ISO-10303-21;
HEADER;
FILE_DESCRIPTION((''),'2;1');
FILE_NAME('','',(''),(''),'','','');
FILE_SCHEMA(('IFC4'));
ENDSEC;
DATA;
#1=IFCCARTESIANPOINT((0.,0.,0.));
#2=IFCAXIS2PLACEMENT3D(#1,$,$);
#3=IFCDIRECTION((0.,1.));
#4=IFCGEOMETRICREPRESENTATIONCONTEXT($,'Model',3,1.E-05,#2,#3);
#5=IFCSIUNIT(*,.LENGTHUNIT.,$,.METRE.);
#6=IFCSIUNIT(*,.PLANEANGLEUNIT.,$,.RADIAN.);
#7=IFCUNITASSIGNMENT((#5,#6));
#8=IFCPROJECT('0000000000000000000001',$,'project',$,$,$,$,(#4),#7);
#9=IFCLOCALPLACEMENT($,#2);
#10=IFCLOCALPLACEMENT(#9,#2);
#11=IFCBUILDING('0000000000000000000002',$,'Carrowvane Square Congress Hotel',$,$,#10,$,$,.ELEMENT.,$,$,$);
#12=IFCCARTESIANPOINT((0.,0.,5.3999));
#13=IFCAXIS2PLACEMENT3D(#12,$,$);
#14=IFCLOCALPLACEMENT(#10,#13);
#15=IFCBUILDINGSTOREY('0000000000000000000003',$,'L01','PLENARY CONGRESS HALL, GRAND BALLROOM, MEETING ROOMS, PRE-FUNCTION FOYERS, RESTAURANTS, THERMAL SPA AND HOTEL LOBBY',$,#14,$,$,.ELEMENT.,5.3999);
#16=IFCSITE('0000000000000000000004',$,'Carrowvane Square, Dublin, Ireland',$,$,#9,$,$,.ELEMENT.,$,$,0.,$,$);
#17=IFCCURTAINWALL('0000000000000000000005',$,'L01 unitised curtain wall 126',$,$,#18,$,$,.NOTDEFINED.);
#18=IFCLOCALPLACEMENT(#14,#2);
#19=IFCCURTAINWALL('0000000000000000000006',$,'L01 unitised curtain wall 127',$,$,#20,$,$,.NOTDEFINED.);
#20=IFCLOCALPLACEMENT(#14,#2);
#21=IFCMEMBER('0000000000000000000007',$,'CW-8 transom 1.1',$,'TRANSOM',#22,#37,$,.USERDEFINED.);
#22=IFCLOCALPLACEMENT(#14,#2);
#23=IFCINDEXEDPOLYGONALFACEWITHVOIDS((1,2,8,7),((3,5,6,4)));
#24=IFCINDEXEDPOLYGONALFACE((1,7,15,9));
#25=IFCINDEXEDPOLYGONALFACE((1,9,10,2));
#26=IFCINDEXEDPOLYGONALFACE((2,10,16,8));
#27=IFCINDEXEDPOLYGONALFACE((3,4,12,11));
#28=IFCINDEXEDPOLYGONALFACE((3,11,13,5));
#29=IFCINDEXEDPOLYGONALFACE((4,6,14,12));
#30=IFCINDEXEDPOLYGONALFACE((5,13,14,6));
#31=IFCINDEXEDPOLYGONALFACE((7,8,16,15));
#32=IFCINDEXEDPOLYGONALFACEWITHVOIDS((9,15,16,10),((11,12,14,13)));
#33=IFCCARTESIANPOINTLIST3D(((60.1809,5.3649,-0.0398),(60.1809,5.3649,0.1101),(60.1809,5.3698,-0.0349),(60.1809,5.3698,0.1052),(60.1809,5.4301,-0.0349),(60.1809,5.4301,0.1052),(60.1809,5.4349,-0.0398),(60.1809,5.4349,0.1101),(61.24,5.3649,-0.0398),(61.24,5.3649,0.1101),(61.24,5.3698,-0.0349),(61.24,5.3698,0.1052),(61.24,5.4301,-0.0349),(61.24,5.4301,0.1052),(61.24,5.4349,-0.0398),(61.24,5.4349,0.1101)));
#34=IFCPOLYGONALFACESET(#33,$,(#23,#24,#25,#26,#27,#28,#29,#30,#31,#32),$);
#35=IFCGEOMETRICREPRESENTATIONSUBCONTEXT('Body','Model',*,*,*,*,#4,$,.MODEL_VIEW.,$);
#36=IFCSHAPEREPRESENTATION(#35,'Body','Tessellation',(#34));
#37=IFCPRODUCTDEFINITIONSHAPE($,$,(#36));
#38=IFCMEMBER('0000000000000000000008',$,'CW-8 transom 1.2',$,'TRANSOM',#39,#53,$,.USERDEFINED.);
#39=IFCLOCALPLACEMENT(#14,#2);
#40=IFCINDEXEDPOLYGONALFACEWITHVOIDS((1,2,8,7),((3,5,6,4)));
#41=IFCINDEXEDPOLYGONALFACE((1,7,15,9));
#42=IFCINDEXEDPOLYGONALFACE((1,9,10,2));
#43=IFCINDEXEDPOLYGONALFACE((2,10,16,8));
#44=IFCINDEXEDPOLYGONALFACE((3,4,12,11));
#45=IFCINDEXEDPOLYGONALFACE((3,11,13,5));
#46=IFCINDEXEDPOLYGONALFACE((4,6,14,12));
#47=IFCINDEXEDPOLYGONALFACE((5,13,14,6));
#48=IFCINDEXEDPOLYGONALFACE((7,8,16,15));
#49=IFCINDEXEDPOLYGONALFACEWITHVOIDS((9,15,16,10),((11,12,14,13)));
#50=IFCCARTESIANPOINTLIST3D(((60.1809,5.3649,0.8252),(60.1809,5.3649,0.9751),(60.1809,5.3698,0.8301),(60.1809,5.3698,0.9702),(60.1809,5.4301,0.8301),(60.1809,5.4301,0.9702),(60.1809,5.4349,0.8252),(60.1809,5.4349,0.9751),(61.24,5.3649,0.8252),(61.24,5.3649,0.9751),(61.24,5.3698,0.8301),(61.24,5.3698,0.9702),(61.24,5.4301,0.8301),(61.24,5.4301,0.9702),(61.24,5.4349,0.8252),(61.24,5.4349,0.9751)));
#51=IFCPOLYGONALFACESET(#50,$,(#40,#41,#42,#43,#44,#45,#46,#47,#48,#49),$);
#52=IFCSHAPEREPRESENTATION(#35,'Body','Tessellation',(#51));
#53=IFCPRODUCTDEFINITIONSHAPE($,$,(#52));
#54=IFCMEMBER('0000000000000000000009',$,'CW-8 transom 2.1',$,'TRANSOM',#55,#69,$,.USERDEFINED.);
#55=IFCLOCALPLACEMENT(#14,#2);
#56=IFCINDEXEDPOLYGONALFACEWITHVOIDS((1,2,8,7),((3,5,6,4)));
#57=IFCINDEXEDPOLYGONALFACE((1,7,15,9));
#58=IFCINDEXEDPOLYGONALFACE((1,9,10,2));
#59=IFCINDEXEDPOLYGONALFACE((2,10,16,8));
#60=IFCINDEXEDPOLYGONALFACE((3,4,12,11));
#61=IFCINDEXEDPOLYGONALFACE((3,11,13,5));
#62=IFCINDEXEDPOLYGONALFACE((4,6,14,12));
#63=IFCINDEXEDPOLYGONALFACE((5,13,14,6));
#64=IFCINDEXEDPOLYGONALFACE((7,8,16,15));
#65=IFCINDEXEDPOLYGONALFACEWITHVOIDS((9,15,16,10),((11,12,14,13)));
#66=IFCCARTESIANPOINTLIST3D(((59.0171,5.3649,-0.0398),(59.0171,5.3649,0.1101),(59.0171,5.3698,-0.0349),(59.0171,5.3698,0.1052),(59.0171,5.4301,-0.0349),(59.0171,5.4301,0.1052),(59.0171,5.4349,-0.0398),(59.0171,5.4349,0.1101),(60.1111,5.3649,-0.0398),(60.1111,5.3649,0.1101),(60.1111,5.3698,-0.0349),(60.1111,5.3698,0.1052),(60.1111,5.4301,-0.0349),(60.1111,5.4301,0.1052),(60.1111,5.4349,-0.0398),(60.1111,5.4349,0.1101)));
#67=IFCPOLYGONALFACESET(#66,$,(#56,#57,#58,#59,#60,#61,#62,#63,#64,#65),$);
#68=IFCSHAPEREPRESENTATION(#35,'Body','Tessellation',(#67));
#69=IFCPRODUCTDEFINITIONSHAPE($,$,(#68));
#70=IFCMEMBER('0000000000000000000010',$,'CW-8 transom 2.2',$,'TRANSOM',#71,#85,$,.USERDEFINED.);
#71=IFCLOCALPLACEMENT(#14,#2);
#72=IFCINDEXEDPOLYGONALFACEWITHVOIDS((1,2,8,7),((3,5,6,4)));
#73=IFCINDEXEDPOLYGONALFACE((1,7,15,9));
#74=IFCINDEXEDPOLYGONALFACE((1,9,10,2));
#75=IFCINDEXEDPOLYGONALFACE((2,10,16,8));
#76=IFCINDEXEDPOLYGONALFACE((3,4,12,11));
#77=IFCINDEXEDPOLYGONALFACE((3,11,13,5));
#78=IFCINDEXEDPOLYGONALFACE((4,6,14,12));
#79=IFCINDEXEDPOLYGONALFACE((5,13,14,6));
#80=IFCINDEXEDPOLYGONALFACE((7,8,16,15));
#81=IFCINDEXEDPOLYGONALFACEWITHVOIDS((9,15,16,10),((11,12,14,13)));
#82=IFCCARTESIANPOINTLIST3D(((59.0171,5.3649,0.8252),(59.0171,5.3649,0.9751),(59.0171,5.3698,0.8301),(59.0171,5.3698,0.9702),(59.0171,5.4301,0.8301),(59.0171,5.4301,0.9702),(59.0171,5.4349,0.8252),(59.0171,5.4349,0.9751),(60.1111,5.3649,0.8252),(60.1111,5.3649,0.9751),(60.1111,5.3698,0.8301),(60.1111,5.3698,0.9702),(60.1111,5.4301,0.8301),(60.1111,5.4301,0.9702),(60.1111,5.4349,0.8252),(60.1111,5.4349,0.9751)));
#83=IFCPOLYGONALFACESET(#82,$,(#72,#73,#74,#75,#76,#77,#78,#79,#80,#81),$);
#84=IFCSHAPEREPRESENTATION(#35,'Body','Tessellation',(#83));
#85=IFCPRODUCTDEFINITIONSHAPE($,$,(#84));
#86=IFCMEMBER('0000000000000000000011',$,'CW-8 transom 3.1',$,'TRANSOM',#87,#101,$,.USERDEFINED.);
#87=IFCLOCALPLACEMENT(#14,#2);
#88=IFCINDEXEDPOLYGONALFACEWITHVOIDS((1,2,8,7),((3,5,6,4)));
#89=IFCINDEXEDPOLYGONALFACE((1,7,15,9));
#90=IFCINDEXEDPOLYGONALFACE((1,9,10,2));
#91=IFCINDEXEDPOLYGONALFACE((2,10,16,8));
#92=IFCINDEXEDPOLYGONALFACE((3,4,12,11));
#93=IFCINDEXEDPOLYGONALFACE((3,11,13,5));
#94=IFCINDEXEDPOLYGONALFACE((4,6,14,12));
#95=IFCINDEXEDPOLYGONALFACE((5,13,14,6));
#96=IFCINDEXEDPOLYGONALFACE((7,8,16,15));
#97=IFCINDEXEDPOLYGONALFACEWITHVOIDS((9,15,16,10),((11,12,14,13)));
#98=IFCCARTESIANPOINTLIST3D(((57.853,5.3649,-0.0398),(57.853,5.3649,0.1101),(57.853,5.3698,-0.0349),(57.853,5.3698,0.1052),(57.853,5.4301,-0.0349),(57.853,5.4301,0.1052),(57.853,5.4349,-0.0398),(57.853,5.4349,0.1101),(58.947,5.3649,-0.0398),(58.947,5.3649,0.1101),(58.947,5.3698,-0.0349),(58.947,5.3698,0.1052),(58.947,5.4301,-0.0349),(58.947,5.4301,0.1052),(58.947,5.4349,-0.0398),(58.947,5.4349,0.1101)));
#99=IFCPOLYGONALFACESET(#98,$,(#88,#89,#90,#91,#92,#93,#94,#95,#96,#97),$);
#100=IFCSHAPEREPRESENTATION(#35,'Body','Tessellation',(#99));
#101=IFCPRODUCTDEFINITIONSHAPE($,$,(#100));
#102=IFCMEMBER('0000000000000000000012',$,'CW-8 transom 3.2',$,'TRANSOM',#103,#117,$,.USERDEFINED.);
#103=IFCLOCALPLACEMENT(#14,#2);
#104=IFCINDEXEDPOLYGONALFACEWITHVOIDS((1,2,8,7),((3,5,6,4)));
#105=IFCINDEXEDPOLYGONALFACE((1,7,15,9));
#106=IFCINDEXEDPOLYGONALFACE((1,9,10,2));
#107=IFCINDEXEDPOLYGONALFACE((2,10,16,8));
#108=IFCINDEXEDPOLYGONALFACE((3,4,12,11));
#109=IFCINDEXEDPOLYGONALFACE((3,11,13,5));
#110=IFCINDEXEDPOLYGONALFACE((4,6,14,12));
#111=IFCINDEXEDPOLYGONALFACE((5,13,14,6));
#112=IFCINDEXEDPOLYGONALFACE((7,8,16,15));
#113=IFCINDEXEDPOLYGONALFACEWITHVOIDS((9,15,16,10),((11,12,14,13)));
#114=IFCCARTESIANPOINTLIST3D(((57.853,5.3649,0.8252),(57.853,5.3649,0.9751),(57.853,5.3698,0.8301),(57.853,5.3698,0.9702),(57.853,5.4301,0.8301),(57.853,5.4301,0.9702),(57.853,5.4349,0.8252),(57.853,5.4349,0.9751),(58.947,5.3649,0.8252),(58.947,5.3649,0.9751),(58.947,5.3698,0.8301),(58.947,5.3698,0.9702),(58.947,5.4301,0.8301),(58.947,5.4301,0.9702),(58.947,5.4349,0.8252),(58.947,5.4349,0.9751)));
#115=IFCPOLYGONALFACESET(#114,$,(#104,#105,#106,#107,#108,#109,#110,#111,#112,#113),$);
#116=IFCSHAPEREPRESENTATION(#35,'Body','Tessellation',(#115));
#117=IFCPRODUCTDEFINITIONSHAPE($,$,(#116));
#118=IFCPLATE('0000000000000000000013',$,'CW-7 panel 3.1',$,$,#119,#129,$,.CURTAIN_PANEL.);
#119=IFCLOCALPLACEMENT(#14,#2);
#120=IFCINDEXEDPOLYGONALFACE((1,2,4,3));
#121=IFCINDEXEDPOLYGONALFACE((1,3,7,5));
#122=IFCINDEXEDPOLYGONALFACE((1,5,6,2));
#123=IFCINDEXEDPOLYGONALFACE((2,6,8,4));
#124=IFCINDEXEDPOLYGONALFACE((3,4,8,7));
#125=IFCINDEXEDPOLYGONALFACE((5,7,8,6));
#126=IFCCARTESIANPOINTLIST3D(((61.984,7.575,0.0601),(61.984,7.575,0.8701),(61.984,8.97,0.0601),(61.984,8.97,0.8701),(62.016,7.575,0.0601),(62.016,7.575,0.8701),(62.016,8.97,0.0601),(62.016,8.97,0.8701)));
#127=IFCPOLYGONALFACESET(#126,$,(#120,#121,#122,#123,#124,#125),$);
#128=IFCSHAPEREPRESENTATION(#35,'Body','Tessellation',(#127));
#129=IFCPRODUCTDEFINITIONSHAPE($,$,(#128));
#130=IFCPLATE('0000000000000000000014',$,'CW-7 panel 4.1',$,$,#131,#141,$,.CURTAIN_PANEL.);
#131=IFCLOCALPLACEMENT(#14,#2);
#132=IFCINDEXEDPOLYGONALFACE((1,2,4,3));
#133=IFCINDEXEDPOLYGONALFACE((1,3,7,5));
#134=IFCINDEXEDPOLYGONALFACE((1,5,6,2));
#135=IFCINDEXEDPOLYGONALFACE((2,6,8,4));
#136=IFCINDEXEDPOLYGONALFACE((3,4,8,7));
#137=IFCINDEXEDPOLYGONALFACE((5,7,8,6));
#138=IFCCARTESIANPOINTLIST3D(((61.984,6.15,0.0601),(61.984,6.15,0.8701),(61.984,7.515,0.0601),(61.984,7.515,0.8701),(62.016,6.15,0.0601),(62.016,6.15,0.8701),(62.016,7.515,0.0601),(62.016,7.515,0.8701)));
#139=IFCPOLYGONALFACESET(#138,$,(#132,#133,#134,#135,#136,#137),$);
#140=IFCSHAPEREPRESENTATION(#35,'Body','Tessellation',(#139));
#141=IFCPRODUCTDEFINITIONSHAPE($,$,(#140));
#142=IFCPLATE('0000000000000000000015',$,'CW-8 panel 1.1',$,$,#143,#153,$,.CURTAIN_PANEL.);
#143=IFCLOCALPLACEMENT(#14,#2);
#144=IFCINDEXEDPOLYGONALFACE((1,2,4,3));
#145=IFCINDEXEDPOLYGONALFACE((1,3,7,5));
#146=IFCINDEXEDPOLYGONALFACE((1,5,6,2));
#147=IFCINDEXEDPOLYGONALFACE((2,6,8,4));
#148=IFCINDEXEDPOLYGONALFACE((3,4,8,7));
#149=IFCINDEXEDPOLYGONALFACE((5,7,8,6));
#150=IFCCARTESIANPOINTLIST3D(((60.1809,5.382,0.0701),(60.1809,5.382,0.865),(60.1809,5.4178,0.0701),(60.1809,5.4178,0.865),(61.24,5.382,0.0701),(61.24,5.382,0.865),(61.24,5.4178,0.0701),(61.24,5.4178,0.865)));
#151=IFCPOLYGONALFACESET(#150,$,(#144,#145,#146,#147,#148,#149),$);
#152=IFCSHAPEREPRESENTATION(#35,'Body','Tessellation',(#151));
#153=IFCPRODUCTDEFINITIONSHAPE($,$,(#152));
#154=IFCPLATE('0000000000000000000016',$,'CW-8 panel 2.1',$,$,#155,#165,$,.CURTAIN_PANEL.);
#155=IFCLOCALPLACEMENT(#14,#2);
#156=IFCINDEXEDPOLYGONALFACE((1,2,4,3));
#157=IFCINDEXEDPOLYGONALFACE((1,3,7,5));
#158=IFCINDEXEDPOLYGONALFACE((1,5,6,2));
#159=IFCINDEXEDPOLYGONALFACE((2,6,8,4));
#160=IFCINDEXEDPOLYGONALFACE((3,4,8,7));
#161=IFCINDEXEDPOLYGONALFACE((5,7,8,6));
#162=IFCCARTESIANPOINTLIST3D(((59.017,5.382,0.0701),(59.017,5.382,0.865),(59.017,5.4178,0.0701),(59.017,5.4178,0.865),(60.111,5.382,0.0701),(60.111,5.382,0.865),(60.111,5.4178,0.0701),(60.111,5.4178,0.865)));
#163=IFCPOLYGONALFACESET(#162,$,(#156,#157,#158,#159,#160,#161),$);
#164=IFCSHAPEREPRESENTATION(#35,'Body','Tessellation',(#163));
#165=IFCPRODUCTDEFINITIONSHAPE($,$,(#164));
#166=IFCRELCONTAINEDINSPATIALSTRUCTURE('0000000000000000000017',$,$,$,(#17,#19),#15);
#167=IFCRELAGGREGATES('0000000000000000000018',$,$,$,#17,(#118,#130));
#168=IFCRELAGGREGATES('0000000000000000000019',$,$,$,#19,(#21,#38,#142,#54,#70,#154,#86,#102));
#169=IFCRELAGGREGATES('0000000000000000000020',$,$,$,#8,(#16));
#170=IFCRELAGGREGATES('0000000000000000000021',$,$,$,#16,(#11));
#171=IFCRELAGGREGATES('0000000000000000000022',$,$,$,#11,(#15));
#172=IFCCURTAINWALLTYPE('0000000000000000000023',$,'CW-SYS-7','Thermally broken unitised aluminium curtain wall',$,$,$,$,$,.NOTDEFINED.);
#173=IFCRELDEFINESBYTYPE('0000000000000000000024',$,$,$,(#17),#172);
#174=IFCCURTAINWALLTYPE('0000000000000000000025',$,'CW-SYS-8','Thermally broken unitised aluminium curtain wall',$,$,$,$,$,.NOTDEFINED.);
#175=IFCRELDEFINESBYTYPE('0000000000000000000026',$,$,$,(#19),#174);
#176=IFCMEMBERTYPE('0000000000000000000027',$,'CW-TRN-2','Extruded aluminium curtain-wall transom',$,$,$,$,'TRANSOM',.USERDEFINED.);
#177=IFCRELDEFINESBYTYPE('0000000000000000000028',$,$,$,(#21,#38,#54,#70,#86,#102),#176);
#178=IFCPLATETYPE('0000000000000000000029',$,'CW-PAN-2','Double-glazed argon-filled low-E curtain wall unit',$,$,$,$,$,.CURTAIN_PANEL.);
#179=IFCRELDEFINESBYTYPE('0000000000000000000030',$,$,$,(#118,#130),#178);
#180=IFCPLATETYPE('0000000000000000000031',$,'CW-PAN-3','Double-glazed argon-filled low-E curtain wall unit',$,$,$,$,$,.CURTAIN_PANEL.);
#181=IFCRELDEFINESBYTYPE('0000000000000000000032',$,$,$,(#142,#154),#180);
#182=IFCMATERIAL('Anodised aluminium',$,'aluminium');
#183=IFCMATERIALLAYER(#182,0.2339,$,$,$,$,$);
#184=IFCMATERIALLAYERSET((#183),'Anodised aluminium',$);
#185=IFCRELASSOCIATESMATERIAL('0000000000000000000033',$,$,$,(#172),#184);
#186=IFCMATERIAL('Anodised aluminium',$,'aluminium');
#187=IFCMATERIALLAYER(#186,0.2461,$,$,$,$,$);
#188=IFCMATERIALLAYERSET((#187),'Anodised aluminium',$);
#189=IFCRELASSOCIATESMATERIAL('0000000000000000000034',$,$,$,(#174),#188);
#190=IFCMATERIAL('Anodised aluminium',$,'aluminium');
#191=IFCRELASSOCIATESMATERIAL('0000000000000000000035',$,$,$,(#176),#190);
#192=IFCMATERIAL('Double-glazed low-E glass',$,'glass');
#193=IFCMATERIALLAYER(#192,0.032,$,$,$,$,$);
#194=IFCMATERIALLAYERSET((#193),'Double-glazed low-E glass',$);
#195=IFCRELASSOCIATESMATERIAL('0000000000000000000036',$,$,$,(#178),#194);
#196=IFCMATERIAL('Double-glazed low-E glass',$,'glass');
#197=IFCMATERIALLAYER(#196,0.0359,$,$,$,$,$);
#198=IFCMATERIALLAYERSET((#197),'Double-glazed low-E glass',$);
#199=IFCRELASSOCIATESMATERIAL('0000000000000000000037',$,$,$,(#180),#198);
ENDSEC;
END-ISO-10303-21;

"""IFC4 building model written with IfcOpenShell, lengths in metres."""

from ifc_helpers import new_model, si_unit, direction, frame, origin, origin_2d, place, context, subcontext, project, spatial, rectangle, hollow_rectangle, extrude, material, layer, layer_set, material_profile, profile_set, type_object, element, aggregate, save


model = new_model("IFC4")

# Units and contexts
model_context = context("Model", 3, precision=1e-05, world=origin(), true_north=direction((0.0, 1.0)))
body_context = subcontext(model_context, "Body", "Model", "MODEL_VIEW")
ifc_project = project(units=[si_unit("LENGTHUNIT", "METRE"), si_unit("PLANEANGLEUNIT", "RADIAN")], contexts=[model_context])

# Site, building, storey
site_placement = place(None, origin())
site = spatial("IfcSite", under=ifc_project, at=site_placement, Name="Carrowvane Square, Dublin, Ireland", CompositionType="ELEMENT", RefElevation=0.0)
building_placement = place(site_placement, origin())
building = spatial("IfcBuilding", under=site, at=building_placement, Name="Carrowvane Square Congress Hotel", CompositionType="ELEMENT")
storey_placement = place(building_placement, frame((0.0, 0.0, 5.3999)))
storey = spatial("IfcBuildingStorey", under=building, at=storey_placement, Name="L01", Description="PLENARY CONGRESS HALL, GRAND BALLROOM, MEETING ROOMS, PRE-FUNCTION FOYERS, RESTAURANTS, THERMAL SPA AND HOTEL LOBBY", CompositionType="ELEMENT", Elevation=5.3999)

# Curtain walls
ifc_material_1 = material(Name="Anodised aluminium", Category="aluminium")
ifc_layer_1 = layer(ifc_material_1, 0.2339)
ifc_layer_set_1 = layer_set([ifc_layer_1], Name="Anodised aluminium")
curtain_wall_type_1 = type_object("IfcCurtainWallType", Name="CW-SYS-7", Description="Thermally broken unitised aluminium curtain wall", PredefinedType="NOTDEFINED", material=ifc_layer_set_1)
curtain_wall_1_placement = place(storey_placement, origin())
curtain_wall_1 = element("IfcCurtainWall", 1, at=curtain_wall_1_placement, inside=storey, type_object=curtain_wall_type_1, Name="L01 unitised curtain wall 126", PredefinedType="NOTDEFINED")
ifc_material_2 = material(Name="Anodised aluminium", Category="aluminium")
ifc_layer_2 = layer(ifc_material_2, 0.2461)
ifc_layer_set_2 = layer_set([ifc_layer_2], Name="Anodised aluminium")
curtain_wall_type_2 = type_object("IfcCurtainWallType", Name="CW-SYS-8", Description="Thermally broken unitised aluminium curtain wall", PredefinedType="NOTDEFINED", material=ifc_layer_set_2)
curtain_wall_2_placement = place(storey_placement, origin())
curtain_wall_2 = element("IfcCurtainWall", 2, at=curtain_wall_2_placement, inside=storey, type_object=curtain_wall_type_2, Name="L01 unitised curtain wall 127", PredefinedType="NOTDEFINED")

# Members
ifc_material_3 = material(Name="Anodised aluminium", Category="aluminium")
ifc_material_profile_1 = material_profile(ifc_material_3, hollow_rectangle(XDim=0.0701, YDim=0.1499, WallThickness=0.0049, at=origin_2d()), Name="CW-TR 70x150x5")
ifc_profile_set_1 = profile_set([ifc_material_profile_1], Name="Anodised aluminium")
member_type_1 = type_object("IfcMemberType", Name="CW-TRN-2", Description="Extruded aluminium curtain-wall transom", ElementType="TRANSOM", PredefinedType="USERDEFINED", material=ifc_profile_set_1)
member_1_placement = place(storey_placement, frame((61.24, 5.3999, 0.0352), z_axis=(-1.0, 0.0, 0.0), x_axis=(0.0, -1.0, 0.0)))
member_1 = element("IfcMember", 3, at=member_1_placement, type_object=member_type_1, Name="CW-8 transom 1.1", ObjectType="TRANSOM", PredefinedType="USERDEFINED", context=body_context, shape_type="SweptSolid", body=[
    extrude(hollow_rectangle(XDim=0.0701, YDim=0.1499, WallThickness=0.0049, at=origin_2d()), origin(), (0.0, 0.0, 1.0), 1.0591),
])
member_2_placement = place(storey_placement, frame((61.24, 5.3999, 0.9001), z_axis=(-1.0, 0.0, 0.0), x_axis=(0.0, -1.0, 0.0)))
member_2 = element("IfcMember", 4, at=member_2_placement, type_object=member_type_1, Name="CW-8 transom 1.2", ObjectType="TRANSOM", PredefinedType="USERDEFINED", context=body_context, shape_type="SweptSolid", body=[
    extrude(hollow_rectangle(XDim=0.0701, YDim=0.1499, WallThickness=0.0049, at=origin_2d()), origin(), (0.0, 0.0, 1.0), 1.0591),
])
member_3_placement = place(storey_placement, frame((60.1111, 5.3999, 0.0352), z_axis=(-1.0, 0.0, 0.0), x_axis=(0.0, -1.0, 0.0)))
member_3 = element("IfcMember", 5, at=member_3_placement, type_object=member_type_1, Name="CW-8 transom 2.1", ObjectType="TRANSOM", PredefinedType="USERDEFINED", context=body_context, shape_type="SweptSolid", body=[
    extrude(hollow_rectangle(XDim=0.0701, YDim=0.1499, WallThickness=0.0049, at=origin_2d()), origin(), (0.0, 0.0, 1.0), 1.094),
])
member_4_placement = place(storey_placement, frame((60.1111, 5.3999, 0.9001), z_axis=(-1.0, 0.0, 0.0), x_axis=(0.0, -1.0, 0.0)))
member_4 = element("IfcMember", 6, at=member_4_placement, type_object=member_type_1, Name="CW-8 transom 2.2", ObjectType="TRANSOM", PredefinedType="USERDEFINED", context=body_context, shape_type="SweptSolid", body=[
    extrude(hollow_rectangle(XDim=0.0701, YDim=0.1499, WallThickness=0.0049, at=origin_2d()), origin(), (0.0, 0.0, 1.0), 1.094),
])
member_5_placement = place(storey_placement, frame((58.947, 5.3999, 0.0352), z_axis=(-1.0, 0.0, 0.0), x_axis=(0.0, -1.0, 0.0)))
member_5 = element("IfcMember", 7, at=member_5_placement, type_object=member_type_1, Name="CW-8 transom 3.1", ObjectType="TRANSOM", PredefinedType="USERDEFINED", context=body_context, shape_type="SweptSolid", body=[
    extrude(hollow_rectangle(XDim=0.0701, YDim=0.1499, WallThickness=0.0049, at=origin_2d()), origin(), (0.0, 0.0, 1.0), 1.094),
])
member_6_placement = place(storey_placement, frame((58.947, 5.3999, 0.9001), z_axis=(-1.0, 0.0, 0.0), x_axis=(0.0, -1.0, 0.0)))
member_6 = element("IfcMember", 8, at=member_6_placement, type_object=member_type_1, Name="CW-8 transom 3.2", ObjectType="TRANSOM", PredefinedType="USERDEFINED", context=body_context, shape_type="SweptSolid", body=[
    extrude(hollow_rectangle(XDim=0.0701, YDim=0.1499, WallThickness=0.0049, at=origin_2d()), origin(), (0.0, 0.0, 1.0), 1.094),
])

# Plates
ifc_material_4 = material(Name="Double-glazed low-E glass", Category="glass")
ifc_layer_3 = layer(ifc_material_4, 0.032)
ifc_layer_set_3 = layer_set([ifc_layer_3], Name="Double-glazed low-E glass")
plate_type_1 = type_object("IfcPlateType", Name="CW-PAN-2", Description="Double-glazed argon-filled low-E curtain wall unit", PredefinedType="CURTAIN_PANEL", material=ifc_layer_set_3)
plate_1_placement = place(storey_placement, frame((62.0, 8.2725, 0.0601), z_axis=(0.0, 0.0, 1.0), x_axis=(0.0, -1.0, 0.0)))
plate_1 = element("IfcPlate", 9, at=plate_1_placement, type_object=plate_type_1, Name="CW-7 panel 3.1", PredefinedType="CURTAIN_PANEL", context=body_context, shape_type="SweptSolid", body=[
    extrude(rectangle(XDim=1.395, YDim=0.032, at=origin_2d()), origin(), (0.0, 0.0, 1.0), 0.8101),
])
plate_2_placement = place(storey_placement, frame((62.0, 6.8325, 0.0601), z_axis=(0.0, 0.0, 1.0), x_axis=(0.0, -1.0, 0.0)))
plate_2 = element("IfcPlate", 10, at=plate_2_placement, type_object=plate_type_1, Name="CW-7 panel 4.1", PredefinedType="CURTAIN_PANEL", context=body_context, shape_type="SweptSolid", body=[
    extrude(rectangle(XDim=1.365, YDim=0.032, at=origin_2d()), origin(), (0.0, 0.0, 1.0), 0.8101),
])
aggregate(curtain_wall_1, [plate_1, plate_2])
ifc_material_5 = material(Name="Double-glazed low-E glass", Category="glass")
ifc_layer_4 = layer(ifc_material_5, 0.0359)
ifc_layer_set_4 = layer_set([ifc_layer_4], Name="Double-glazed low-E glass")
plate_type_2 = type_object("IfcPlateType", Name="CW-PAN-3", Description="Double-glazed argon-filled low-E curtain wall unit", PredefinedType="CURTAIN_PANEL", material=ifc_layer_set_4)
plate_3_placement = place(storey_placement, frame((60.7104, 5.3999, 0.0701), z_axis=(0.0, 0.0, 1.0), x_axis=(-1.0, 0.0, 0.0)))
plate_3 = element("IfcPlate", 11, at=plate_3_placement, type_object=plate_type_2, Name="CW-8 panel 1.1", PredefinedType="CURTAIN_PANEL", context=body_context, shape_type="SweptSolid", body=[
    extrude(rectangle(XDim=1.0591, YDim=0.0359, at=origin_2d()), origin(), (0.0, 0.0, 1.0), 0.7949),
])
plate_4_placement = place(storey_placement, frame((59.564, 5.3999, 0.0701), z_axis=(0.0, 0.0, 1.0), x_axis=(-1.0, 0.0, 0.0)))
plate_4 = element("IfcPlate", 12, at=plate_4_placement, type_object=plate_type_2, Name="CW-8 panel 2.1", PredefinedType="CURTAIN_PANEL", context=body_context, shape_type="SweptSolid", body=[
    extrude(rectangle(XDim=1.094, YDim=0.0359, at=origin_2d()), origin(), (0.0, 0.0, 1.0), 0.7949),
])
aggregate(curtain_wall_2, [member_1, member_2, plate_3, member_3, member_4, plate_4, member_5, member_6])

save(model, "model.ifc")
